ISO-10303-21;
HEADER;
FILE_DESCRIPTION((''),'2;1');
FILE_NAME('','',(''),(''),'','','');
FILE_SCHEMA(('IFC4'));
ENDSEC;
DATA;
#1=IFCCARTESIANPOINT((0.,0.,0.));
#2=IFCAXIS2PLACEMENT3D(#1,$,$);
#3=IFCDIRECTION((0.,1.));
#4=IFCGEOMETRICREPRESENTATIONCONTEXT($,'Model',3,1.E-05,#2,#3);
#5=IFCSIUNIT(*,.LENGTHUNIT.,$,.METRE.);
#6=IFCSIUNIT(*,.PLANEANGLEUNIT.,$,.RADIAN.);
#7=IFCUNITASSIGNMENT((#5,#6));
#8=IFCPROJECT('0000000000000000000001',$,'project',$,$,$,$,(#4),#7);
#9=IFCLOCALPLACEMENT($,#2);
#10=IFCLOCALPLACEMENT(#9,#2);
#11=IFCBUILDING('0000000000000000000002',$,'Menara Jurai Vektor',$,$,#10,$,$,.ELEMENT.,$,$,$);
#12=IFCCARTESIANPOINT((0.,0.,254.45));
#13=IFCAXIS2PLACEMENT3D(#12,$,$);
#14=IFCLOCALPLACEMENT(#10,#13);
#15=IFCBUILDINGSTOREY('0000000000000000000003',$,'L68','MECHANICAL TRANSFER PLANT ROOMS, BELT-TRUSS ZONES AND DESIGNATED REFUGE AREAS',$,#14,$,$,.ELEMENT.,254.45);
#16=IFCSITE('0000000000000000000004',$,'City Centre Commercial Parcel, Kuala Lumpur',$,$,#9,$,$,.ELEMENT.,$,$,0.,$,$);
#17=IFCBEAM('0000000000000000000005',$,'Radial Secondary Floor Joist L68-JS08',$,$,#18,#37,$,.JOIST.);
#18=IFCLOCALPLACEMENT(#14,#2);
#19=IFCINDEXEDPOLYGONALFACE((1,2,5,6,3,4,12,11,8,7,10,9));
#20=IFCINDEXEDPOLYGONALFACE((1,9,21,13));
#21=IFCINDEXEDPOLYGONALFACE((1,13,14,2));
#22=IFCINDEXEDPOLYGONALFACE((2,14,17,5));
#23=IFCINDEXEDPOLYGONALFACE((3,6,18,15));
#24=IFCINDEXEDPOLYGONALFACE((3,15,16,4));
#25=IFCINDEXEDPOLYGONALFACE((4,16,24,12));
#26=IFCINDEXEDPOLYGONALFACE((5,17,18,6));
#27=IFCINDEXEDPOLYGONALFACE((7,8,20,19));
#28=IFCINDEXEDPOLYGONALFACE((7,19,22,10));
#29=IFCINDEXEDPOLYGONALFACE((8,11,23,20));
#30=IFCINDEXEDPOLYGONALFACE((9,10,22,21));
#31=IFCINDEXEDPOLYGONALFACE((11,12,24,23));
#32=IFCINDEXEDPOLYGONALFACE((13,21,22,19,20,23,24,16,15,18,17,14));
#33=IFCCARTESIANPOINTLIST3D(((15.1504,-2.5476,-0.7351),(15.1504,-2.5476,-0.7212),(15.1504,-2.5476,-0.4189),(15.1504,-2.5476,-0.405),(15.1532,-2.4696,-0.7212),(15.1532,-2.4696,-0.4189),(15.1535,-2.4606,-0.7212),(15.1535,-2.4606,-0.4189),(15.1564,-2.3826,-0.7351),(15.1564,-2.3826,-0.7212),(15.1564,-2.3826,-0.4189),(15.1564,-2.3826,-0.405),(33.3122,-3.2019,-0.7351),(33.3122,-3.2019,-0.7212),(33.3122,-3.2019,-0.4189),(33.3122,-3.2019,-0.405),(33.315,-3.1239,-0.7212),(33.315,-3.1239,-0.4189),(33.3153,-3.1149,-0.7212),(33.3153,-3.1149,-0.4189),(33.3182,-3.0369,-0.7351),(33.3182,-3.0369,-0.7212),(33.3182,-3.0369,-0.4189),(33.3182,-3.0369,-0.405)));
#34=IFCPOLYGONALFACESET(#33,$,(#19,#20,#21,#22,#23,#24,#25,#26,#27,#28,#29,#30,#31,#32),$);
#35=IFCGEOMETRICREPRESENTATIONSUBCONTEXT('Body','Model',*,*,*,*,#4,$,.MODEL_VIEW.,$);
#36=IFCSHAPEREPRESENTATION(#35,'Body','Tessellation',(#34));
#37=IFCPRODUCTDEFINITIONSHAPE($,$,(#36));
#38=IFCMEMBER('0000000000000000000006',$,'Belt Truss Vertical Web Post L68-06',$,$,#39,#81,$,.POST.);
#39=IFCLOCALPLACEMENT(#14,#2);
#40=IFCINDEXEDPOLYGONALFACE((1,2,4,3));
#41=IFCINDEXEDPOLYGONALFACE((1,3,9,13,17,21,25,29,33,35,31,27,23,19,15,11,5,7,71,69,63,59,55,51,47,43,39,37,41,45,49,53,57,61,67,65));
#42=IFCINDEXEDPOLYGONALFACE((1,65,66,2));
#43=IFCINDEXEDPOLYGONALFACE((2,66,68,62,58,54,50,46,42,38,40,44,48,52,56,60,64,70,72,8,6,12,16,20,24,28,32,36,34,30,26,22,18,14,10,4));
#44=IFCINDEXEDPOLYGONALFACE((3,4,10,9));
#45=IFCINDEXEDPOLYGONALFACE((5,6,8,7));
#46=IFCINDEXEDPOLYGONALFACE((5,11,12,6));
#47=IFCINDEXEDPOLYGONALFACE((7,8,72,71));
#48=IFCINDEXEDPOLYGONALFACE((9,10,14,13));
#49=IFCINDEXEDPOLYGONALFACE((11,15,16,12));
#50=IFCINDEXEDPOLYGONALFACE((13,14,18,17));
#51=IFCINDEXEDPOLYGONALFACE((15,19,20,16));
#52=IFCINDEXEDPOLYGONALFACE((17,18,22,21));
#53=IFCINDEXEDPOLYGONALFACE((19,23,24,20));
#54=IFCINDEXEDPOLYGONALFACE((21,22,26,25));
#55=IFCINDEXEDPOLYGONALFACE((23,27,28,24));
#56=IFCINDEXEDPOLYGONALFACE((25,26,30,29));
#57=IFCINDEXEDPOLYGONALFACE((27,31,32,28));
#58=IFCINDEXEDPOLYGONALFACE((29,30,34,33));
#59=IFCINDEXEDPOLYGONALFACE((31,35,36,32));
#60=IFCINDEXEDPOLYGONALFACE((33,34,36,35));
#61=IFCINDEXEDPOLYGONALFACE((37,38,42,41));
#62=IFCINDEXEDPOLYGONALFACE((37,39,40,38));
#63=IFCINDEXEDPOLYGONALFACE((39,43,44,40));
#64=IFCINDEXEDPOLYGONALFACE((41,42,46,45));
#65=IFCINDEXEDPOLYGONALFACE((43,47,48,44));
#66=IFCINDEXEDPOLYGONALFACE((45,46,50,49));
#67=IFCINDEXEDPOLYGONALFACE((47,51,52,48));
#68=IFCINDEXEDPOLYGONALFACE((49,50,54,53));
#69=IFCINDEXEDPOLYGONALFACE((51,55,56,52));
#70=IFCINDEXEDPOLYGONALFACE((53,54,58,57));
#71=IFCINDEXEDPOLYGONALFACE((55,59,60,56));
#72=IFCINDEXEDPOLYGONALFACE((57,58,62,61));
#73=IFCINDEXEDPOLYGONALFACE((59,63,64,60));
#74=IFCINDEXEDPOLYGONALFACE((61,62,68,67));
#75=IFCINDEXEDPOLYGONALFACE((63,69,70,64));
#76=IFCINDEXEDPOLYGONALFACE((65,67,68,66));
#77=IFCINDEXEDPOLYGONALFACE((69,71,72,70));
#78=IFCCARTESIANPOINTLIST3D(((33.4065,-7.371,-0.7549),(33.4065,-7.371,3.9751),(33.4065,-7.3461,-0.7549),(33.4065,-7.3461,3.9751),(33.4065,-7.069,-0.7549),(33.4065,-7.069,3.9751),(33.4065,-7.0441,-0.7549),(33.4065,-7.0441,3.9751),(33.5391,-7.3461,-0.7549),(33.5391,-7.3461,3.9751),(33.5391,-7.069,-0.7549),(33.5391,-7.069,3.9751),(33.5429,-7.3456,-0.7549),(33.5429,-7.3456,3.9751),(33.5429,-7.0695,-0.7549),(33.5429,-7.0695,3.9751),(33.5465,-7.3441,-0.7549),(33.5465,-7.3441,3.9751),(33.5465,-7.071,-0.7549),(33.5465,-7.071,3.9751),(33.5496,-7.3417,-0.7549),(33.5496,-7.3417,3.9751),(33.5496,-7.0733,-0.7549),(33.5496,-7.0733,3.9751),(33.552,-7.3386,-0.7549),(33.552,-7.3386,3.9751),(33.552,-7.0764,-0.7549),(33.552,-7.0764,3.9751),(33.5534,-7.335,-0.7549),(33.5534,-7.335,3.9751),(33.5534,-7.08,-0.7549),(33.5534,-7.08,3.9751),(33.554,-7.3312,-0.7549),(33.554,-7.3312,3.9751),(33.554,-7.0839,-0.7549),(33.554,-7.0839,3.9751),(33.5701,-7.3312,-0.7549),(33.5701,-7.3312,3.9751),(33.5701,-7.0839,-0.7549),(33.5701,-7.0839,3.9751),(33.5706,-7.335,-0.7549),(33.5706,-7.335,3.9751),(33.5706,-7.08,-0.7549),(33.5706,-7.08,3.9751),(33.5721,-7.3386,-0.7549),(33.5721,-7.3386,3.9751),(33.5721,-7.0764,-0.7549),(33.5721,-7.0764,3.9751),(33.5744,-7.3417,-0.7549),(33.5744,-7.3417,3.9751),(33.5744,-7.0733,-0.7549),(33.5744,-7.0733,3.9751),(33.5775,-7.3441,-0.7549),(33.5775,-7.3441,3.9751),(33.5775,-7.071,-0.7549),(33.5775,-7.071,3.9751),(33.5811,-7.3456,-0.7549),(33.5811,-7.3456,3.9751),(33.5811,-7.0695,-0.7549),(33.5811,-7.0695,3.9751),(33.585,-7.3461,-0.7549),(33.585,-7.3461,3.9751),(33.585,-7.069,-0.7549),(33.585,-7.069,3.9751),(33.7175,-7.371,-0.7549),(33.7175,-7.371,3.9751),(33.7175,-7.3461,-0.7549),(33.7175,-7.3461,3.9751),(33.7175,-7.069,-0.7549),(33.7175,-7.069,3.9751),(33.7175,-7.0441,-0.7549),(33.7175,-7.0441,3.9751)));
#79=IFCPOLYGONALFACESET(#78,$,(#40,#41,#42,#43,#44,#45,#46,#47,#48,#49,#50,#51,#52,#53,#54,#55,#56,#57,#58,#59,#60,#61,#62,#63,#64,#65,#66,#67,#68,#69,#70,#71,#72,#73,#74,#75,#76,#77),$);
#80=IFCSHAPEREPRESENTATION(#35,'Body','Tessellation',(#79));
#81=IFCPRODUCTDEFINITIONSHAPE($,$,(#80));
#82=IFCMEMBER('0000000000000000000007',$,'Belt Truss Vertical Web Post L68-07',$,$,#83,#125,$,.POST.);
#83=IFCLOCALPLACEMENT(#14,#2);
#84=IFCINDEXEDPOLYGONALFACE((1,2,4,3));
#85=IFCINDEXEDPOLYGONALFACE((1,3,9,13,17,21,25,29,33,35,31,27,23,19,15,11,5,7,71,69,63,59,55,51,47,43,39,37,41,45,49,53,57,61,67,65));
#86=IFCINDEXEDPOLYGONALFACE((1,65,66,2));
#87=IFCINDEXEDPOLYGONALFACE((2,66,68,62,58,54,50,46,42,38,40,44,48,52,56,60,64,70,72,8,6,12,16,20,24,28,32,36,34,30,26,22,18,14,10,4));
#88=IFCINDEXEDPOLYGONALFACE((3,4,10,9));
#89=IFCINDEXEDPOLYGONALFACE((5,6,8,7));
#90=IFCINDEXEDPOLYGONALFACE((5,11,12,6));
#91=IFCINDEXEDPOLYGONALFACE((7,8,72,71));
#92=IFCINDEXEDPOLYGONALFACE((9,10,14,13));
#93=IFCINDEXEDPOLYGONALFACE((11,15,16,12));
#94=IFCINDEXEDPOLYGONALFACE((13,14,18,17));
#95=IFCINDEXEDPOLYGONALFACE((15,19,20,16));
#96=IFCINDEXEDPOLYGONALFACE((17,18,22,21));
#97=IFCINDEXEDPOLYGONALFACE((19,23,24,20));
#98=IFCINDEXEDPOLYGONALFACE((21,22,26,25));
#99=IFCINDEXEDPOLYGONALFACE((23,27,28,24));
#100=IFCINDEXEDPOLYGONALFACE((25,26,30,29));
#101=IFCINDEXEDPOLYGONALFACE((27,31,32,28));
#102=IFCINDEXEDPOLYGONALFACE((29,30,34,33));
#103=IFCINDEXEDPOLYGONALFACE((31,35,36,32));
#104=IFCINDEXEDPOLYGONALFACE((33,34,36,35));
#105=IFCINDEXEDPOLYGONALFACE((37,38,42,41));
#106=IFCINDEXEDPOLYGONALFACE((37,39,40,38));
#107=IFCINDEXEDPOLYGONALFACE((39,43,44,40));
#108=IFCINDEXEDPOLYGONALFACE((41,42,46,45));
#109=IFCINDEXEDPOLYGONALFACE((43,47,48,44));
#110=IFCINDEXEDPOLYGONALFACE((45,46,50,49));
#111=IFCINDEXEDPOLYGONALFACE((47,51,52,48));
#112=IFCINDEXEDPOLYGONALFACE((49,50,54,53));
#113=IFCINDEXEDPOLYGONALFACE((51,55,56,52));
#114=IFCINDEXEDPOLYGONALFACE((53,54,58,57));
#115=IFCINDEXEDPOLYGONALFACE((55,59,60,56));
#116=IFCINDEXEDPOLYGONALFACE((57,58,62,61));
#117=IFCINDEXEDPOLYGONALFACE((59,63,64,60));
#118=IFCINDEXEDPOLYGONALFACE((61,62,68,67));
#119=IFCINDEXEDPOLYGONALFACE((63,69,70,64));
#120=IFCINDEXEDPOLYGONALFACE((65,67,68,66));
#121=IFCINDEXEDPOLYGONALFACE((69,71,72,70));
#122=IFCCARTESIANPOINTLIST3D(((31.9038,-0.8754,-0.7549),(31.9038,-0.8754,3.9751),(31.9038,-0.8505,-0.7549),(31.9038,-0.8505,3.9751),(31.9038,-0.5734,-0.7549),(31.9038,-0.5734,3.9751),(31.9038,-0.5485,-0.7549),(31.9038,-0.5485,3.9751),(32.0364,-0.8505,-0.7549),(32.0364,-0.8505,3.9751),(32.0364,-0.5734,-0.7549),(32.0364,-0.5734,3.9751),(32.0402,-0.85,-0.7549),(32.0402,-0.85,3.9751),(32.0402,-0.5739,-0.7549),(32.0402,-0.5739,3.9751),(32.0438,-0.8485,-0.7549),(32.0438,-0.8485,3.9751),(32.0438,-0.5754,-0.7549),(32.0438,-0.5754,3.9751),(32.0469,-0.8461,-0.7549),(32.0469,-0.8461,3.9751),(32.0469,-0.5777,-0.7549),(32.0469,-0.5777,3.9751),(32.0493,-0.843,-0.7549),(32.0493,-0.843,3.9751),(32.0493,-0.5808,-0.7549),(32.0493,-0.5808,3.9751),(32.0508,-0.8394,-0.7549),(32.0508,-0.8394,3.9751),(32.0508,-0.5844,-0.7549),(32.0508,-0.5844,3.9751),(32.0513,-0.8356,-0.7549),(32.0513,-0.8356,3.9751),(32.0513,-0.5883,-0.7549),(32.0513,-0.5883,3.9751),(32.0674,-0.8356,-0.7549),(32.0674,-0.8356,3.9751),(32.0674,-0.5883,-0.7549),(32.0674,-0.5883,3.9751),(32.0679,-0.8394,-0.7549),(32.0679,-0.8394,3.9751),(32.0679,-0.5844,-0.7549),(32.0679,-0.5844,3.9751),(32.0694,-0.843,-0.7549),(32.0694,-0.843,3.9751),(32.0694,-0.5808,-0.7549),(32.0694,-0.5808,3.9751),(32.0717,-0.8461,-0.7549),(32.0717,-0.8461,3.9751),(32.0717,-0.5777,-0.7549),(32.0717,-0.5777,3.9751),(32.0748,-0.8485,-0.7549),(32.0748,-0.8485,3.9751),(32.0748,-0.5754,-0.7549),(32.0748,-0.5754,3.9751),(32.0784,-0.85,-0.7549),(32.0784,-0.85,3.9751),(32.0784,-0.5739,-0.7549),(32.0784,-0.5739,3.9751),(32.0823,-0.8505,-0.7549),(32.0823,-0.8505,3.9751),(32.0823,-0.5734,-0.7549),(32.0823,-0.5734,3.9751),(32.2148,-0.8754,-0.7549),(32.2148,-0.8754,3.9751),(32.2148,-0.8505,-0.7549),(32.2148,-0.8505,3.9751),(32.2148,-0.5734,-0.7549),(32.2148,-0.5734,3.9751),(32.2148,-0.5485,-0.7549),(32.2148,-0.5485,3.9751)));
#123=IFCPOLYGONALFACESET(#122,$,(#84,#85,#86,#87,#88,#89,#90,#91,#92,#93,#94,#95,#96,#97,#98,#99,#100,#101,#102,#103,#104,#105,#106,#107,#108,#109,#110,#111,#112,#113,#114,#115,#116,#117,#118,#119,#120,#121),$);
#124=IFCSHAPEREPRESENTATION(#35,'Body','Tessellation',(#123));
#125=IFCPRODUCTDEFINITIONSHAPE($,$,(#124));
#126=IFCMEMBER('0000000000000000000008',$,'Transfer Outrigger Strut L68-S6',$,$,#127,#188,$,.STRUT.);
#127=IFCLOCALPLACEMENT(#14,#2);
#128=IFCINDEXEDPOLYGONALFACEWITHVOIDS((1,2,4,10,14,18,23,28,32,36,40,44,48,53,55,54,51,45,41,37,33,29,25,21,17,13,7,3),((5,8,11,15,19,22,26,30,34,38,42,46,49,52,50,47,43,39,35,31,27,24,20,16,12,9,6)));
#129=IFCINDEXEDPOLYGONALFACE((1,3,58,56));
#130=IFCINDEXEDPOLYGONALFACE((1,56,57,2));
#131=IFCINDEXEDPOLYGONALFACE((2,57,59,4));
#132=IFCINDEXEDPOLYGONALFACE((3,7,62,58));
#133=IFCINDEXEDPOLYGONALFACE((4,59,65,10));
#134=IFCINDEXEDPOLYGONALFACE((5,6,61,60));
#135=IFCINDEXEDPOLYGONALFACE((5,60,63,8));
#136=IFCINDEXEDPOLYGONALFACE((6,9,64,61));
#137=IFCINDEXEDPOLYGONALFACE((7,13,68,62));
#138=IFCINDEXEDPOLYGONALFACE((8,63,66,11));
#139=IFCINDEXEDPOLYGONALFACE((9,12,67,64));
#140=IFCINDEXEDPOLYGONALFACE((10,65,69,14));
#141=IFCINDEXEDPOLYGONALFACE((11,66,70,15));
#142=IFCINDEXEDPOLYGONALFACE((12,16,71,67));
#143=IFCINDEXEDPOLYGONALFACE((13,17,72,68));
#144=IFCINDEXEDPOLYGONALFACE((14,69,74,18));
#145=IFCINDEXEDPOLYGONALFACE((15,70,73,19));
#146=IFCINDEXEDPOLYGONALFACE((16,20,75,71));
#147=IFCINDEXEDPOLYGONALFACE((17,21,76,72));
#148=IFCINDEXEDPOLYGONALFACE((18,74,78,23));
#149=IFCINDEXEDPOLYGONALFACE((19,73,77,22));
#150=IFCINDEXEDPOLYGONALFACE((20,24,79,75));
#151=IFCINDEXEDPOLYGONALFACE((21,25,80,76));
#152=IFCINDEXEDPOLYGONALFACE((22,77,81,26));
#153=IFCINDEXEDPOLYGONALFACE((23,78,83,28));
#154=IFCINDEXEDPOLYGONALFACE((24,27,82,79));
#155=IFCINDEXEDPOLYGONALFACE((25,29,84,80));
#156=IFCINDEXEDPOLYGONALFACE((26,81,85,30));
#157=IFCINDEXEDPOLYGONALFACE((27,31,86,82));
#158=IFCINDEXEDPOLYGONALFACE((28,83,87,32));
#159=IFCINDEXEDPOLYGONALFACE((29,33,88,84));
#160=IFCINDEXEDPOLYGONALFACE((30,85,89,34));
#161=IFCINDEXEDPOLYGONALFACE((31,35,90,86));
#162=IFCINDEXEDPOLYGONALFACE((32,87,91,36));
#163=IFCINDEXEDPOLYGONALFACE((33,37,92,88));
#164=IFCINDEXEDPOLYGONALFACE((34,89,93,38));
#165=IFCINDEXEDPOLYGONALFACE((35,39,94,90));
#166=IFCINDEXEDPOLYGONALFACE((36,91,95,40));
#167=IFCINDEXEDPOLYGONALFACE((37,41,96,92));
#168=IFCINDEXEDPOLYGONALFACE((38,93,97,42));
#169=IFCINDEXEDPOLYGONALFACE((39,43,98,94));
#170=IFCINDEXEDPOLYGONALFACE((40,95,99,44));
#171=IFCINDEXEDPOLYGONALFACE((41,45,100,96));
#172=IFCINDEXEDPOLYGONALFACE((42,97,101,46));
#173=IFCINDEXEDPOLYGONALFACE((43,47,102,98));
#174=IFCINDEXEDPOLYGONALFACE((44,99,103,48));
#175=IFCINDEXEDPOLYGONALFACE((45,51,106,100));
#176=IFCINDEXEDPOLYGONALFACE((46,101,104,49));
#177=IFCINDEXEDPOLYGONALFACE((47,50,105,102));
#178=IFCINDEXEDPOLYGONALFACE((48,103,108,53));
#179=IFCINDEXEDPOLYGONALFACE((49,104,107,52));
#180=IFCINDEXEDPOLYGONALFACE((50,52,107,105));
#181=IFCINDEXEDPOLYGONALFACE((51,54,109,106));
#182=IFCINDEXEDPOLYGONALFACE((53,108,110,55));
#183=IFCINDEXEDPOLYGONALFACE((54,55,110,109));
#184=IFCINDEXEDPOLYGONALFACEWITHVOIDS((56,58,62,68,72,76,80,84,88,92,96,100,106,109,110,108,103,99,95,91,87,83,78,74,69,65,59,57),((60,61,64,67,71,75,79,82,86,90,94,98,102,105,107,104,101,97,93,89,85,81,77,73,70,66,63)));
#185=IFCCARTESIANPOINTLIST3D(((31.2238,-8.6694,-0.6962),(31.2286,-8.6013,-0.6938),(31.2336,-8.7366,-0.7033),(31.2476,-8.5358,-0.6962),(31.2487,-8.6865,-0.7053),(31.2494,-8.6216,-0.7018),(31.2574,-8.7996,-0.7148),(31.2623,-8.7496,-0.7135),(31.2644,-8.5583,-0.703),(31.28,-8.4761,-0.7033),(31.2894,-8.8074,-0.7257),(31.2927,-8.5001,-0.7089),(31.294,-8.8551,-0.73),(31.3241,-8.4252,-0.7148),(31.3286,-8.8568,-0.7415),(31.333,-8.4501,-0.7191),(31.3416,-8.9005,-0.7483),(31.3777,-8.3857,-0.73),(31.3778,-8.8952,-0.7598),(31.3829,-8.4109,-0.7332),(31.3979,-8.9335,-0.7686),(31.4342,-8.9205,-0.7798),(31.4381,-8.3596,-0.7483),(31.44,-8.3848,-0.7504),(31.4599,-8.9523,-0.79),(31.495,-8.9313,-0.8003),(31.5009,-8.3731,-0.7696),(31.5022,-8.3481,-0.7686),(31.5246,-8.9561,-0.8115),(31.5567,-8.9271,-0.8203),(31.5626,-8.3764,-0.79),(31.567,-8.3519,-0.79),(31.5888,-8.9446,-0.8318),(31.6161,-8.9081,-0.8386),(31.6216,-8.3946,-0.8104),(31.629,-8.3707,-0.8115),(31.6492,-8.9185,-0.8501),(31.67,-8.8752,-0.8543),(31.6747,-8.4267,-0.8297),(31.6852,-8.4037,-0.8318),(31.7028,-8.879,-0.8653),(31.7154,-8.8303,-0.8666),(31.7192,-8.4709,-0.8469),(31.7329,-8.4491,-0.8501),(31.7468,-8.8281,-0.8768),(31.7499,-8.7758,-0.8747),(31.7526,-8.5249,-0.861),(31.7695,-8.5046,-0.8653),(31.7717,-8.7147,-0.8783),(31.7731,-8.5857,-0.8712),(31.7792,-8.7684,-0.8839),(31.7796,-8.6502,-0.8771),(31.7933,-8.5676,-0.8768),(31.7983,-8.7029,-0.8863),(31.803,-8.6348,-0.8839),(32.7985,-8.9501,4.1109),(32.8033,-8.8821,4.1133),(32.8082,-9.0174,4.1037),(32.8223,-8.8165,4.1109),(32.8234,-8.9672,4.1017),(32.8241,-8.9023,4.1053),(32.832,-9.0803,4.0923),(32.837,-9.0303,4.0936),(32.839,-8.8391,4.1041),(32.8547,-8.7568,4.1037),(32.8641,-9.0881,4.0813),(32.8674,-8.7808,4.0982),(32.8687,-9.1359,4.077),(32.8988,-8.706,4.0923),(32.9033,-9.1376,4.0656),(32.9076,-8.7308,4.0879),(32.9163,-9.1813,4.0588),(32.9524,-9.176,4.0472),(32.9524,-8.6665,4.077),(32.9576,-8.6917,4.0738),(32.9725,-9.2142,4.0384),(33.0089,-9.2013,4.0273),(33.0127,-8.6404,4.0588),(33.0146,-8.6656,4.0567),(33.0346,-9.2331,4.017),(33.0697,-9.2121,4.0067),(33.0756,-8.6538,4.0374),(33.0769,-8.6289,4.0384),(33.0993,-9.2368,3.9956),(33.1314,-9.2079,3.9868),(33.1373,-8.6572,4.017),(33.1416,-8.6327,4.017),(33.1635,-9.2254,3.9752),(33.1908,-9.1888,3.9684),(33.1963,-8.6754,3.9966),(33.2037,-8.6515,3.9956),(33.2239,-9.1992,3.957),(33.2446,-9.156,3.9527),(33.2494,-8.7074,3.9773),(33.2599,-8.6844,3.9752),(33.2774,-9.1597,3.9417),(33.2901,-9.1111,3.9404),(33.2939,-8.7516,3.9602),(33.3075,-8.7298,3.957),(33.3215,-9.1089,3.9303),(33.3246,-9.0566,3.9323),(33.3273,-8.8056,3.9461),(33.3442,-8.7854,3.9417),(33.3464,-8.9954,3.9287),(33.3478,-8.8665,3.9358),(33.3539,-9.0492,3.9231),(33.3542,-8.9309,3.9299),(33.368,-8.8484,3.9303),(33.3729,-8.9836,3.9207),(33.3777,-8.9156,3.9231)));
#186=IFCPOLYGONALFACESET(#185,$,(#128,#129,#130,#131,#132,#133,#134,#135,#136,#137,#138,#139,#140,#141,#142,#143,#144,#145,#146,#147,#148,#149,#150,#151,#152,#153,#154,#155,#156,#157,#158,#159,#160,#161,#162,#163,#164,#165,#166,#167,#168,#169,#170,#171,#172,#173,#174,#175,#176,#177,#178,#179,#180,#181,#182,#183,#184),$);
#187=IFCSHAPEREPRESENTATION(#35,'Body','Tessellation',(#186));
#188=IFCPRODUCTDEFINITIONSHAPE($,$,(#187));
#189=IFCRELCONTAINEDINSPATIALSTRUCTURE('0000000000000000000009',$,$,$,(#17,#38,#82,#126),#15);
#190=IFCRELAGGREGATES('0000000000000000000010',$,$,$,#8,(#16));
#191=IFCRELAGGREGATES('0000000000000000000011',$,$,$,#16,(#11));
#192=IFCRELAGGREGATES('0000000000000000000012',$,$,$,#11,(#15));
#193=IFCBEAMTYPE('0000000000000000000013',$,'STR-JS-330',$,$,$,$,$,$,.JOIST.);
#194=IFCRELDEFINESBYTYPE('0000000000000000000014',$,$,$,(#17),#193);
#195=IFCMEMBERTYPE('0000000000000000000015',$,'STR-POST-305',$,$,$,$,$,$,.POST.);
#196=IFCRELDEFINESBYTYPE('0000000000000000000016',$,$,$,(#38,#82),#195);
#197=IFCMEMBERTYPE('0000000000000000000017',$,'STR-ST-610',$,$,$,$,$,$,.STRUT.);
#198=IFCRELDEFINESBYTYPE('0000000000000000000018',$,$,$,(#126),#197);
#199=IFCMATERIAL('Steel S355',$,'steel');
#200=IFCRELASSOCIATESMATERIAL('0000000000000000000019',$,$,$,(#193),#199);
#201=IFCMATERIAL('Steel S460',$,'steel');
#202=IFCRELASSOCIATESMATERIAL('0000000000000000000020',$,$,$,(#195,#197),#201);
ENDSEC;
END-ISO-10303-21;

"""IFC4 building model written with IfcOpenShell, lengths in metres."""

from ifc_helpers import new_model, si_unit, direction, frame, origin, origin_2d, place, context, subcontext, project, spatial, hollow_circle, i_section, extrude, material, material_profile, profile_set, type_object, element, save


model = new_model("IFC4")

# Units and contexts
model_context = context("Model", 3, precision=1e-05, world=origin(), true_north=direction((0.0, 1.0)))
body_context = subcontext(model_context, "Body", "Model", "MODEL_VIEW")
ifc_project = project(units=[si_unit("LENGTHUNIT", "METRE"), si_unit("PLANEANGLEUNIT", "RADIAN")], contexts=[model_context])

# Site, building, storey
site_placement = place(None, origin())
site = spatial("IfcSite", under=ifc_project, at=site_placement, Name="City Centre Commercial Parcel, Kuala Lumpur", CompositionType="ELEMENT", RefElevation=0.0)
building_placement = place(site_placement, origin())
building = spatial("IfcBuilding", under=site, at=building_placement, Name="Menara Jurai Vektor", CompositionType="ELEMENT")
storey_placement = place(building_placement, frame((0.0, 0.0, 254.45)))
storey = spatial("IfcBuildingStorey", under=building, at=storey_placement, Name="L68", Description="MECHANICAL TRANSFER PLANT ROOMS, BELT-TRUSS ZONES AND DESIGNATED REFUGE AREAS", CompositionType="ELEMENT", Elevation=254.45)

# Shared definitions
ifc_material_1 = material(Name="Steel S460", Category="steel")

# Shared definitions
ifc_material_2 = material(Name="Steel S355", Category="steel")

# Beam
ifc_material_profile_1 = material_profile(ifc_material_2, i_section(OverallWidth=0.165, OverallDepth=0.3301, WebThickness=0.009, FlangeThickness=0.0139, at=origin_2d()), Name="PG 330x165x46")
ifc_profile_set_1 = profile_set([ifc_material_profile_1], Name="Steel S355")
beam_type_1 = type_object("IfcBeamType", Name="STR-JS-330", PredefinedType="JOIST", material=ifc_profile_set_1)
beam_1_placement = place(storey_placement, frame((33.3152, -3.1194, -0.5701), z_axis=(-0.999352, 0.036003, 0.0), x_axis=(-0.036003, -0.999352, 0.0)))
element("IfcBeam", 1, at=beam_1_placement, inside=storey, type_object=beam_type_1, Name="Radial Secondary Floor Joist L68-JS08", PredefinedType="JOIST", context=body_context, shape_type="SweptSolid", body=[
    extrude(i_section(OverallWidth=0.165, OverallDepth=0.3301, WebThickness=0.009, FlangeThickness=0.0139, at=origin_2d()), origin(), (0.0, 0.0, 1.0), 18.1736),
])

# Members
ifc_material_profile_2 = material_profile(ifc_material_1, i_section(OverallWidth=0.311, OverallDepth=0.3269, WebThickness=0.0161, FlangeThickness=0.0249, FilletRadius=0.0149, at=origin_2d()), Name="UKC 305x305x158")
ifc_profile_set_2 = profile_set([ifc_material_profile_2], Name="Steel S460")
member_type_1 = type_object("IfcMemberType", Name="STR-POST-305", PredefinedType="POST", material=ifc_profile_set_2)
for number, where, z_axis, x_axis, name in (
    (2, (33.562, -7.2075, -0.7549), (0.0, 0.0, 1.0), (1.0, 0.0, 0.0), "Belt Truss Vertical Web Post L68-06"),
    (3, (32.0593, -0.7119, -0.7549), (0.0, 0.0, 1.0), (1.0, 0.0, 0.0), "Belt Truss Vertical Web Post L68-07"),
):
    element("IfcMember", number, at=place(storey_placement, frame(where, z_axis=z_axis, x_axis=x_axis)), inside=storey, type_object=member_type_1, Name=name, PredefinedType="POST", context=body_context, shape_type="SweptSolid", body=[
        extrude(i_section(OverallWidth=0.311, OverallDepth=0.3269, WebThickness=0.0161, FlangeThickness=0.0249, FilletRadius=0.0149, at=origin_2d()), origin(), (0.0, 0.0, 1.0), 4.73),
    ])
ifc_material_profile_3 = material_profile(ifc_material_1, hollow_circle(Radius=0.3049, WallThickness=0.0249, at=origin_2d()), Name="CHS 610x25")
ifc_profile_set_3 = profile_set([ifc_material_profile_3], Name="Steel S460")
member_type_2 = type_object("IfcMemberType", Name="STR-ST-610", PredefinedType="STRUT", material=ifc_profile_set_3)
member_1_placement = place(storey_placement, frame((31.5134, -8.6521, -0.79), z_axis=(0.310822, -0.055418, 0.948851), x_axis=(0.175526, 0.984475, 0.0)))
element("IfcMember", 4, at=member_1_placement, inside=storey, type_object=member_type_2, Name="Transfer Outrigger Strut L68-S6", PredefinedType="STRUT", context=body_context, shape_type="SweptSolid", body=[
    extrude(hollow_circle(Radius=0.3049, WallThickness=0.0249, at=origin_2d()), origin(), (0.0, 0.0, 1.0), 5.0662),
])

save(model, "model.ifc")
